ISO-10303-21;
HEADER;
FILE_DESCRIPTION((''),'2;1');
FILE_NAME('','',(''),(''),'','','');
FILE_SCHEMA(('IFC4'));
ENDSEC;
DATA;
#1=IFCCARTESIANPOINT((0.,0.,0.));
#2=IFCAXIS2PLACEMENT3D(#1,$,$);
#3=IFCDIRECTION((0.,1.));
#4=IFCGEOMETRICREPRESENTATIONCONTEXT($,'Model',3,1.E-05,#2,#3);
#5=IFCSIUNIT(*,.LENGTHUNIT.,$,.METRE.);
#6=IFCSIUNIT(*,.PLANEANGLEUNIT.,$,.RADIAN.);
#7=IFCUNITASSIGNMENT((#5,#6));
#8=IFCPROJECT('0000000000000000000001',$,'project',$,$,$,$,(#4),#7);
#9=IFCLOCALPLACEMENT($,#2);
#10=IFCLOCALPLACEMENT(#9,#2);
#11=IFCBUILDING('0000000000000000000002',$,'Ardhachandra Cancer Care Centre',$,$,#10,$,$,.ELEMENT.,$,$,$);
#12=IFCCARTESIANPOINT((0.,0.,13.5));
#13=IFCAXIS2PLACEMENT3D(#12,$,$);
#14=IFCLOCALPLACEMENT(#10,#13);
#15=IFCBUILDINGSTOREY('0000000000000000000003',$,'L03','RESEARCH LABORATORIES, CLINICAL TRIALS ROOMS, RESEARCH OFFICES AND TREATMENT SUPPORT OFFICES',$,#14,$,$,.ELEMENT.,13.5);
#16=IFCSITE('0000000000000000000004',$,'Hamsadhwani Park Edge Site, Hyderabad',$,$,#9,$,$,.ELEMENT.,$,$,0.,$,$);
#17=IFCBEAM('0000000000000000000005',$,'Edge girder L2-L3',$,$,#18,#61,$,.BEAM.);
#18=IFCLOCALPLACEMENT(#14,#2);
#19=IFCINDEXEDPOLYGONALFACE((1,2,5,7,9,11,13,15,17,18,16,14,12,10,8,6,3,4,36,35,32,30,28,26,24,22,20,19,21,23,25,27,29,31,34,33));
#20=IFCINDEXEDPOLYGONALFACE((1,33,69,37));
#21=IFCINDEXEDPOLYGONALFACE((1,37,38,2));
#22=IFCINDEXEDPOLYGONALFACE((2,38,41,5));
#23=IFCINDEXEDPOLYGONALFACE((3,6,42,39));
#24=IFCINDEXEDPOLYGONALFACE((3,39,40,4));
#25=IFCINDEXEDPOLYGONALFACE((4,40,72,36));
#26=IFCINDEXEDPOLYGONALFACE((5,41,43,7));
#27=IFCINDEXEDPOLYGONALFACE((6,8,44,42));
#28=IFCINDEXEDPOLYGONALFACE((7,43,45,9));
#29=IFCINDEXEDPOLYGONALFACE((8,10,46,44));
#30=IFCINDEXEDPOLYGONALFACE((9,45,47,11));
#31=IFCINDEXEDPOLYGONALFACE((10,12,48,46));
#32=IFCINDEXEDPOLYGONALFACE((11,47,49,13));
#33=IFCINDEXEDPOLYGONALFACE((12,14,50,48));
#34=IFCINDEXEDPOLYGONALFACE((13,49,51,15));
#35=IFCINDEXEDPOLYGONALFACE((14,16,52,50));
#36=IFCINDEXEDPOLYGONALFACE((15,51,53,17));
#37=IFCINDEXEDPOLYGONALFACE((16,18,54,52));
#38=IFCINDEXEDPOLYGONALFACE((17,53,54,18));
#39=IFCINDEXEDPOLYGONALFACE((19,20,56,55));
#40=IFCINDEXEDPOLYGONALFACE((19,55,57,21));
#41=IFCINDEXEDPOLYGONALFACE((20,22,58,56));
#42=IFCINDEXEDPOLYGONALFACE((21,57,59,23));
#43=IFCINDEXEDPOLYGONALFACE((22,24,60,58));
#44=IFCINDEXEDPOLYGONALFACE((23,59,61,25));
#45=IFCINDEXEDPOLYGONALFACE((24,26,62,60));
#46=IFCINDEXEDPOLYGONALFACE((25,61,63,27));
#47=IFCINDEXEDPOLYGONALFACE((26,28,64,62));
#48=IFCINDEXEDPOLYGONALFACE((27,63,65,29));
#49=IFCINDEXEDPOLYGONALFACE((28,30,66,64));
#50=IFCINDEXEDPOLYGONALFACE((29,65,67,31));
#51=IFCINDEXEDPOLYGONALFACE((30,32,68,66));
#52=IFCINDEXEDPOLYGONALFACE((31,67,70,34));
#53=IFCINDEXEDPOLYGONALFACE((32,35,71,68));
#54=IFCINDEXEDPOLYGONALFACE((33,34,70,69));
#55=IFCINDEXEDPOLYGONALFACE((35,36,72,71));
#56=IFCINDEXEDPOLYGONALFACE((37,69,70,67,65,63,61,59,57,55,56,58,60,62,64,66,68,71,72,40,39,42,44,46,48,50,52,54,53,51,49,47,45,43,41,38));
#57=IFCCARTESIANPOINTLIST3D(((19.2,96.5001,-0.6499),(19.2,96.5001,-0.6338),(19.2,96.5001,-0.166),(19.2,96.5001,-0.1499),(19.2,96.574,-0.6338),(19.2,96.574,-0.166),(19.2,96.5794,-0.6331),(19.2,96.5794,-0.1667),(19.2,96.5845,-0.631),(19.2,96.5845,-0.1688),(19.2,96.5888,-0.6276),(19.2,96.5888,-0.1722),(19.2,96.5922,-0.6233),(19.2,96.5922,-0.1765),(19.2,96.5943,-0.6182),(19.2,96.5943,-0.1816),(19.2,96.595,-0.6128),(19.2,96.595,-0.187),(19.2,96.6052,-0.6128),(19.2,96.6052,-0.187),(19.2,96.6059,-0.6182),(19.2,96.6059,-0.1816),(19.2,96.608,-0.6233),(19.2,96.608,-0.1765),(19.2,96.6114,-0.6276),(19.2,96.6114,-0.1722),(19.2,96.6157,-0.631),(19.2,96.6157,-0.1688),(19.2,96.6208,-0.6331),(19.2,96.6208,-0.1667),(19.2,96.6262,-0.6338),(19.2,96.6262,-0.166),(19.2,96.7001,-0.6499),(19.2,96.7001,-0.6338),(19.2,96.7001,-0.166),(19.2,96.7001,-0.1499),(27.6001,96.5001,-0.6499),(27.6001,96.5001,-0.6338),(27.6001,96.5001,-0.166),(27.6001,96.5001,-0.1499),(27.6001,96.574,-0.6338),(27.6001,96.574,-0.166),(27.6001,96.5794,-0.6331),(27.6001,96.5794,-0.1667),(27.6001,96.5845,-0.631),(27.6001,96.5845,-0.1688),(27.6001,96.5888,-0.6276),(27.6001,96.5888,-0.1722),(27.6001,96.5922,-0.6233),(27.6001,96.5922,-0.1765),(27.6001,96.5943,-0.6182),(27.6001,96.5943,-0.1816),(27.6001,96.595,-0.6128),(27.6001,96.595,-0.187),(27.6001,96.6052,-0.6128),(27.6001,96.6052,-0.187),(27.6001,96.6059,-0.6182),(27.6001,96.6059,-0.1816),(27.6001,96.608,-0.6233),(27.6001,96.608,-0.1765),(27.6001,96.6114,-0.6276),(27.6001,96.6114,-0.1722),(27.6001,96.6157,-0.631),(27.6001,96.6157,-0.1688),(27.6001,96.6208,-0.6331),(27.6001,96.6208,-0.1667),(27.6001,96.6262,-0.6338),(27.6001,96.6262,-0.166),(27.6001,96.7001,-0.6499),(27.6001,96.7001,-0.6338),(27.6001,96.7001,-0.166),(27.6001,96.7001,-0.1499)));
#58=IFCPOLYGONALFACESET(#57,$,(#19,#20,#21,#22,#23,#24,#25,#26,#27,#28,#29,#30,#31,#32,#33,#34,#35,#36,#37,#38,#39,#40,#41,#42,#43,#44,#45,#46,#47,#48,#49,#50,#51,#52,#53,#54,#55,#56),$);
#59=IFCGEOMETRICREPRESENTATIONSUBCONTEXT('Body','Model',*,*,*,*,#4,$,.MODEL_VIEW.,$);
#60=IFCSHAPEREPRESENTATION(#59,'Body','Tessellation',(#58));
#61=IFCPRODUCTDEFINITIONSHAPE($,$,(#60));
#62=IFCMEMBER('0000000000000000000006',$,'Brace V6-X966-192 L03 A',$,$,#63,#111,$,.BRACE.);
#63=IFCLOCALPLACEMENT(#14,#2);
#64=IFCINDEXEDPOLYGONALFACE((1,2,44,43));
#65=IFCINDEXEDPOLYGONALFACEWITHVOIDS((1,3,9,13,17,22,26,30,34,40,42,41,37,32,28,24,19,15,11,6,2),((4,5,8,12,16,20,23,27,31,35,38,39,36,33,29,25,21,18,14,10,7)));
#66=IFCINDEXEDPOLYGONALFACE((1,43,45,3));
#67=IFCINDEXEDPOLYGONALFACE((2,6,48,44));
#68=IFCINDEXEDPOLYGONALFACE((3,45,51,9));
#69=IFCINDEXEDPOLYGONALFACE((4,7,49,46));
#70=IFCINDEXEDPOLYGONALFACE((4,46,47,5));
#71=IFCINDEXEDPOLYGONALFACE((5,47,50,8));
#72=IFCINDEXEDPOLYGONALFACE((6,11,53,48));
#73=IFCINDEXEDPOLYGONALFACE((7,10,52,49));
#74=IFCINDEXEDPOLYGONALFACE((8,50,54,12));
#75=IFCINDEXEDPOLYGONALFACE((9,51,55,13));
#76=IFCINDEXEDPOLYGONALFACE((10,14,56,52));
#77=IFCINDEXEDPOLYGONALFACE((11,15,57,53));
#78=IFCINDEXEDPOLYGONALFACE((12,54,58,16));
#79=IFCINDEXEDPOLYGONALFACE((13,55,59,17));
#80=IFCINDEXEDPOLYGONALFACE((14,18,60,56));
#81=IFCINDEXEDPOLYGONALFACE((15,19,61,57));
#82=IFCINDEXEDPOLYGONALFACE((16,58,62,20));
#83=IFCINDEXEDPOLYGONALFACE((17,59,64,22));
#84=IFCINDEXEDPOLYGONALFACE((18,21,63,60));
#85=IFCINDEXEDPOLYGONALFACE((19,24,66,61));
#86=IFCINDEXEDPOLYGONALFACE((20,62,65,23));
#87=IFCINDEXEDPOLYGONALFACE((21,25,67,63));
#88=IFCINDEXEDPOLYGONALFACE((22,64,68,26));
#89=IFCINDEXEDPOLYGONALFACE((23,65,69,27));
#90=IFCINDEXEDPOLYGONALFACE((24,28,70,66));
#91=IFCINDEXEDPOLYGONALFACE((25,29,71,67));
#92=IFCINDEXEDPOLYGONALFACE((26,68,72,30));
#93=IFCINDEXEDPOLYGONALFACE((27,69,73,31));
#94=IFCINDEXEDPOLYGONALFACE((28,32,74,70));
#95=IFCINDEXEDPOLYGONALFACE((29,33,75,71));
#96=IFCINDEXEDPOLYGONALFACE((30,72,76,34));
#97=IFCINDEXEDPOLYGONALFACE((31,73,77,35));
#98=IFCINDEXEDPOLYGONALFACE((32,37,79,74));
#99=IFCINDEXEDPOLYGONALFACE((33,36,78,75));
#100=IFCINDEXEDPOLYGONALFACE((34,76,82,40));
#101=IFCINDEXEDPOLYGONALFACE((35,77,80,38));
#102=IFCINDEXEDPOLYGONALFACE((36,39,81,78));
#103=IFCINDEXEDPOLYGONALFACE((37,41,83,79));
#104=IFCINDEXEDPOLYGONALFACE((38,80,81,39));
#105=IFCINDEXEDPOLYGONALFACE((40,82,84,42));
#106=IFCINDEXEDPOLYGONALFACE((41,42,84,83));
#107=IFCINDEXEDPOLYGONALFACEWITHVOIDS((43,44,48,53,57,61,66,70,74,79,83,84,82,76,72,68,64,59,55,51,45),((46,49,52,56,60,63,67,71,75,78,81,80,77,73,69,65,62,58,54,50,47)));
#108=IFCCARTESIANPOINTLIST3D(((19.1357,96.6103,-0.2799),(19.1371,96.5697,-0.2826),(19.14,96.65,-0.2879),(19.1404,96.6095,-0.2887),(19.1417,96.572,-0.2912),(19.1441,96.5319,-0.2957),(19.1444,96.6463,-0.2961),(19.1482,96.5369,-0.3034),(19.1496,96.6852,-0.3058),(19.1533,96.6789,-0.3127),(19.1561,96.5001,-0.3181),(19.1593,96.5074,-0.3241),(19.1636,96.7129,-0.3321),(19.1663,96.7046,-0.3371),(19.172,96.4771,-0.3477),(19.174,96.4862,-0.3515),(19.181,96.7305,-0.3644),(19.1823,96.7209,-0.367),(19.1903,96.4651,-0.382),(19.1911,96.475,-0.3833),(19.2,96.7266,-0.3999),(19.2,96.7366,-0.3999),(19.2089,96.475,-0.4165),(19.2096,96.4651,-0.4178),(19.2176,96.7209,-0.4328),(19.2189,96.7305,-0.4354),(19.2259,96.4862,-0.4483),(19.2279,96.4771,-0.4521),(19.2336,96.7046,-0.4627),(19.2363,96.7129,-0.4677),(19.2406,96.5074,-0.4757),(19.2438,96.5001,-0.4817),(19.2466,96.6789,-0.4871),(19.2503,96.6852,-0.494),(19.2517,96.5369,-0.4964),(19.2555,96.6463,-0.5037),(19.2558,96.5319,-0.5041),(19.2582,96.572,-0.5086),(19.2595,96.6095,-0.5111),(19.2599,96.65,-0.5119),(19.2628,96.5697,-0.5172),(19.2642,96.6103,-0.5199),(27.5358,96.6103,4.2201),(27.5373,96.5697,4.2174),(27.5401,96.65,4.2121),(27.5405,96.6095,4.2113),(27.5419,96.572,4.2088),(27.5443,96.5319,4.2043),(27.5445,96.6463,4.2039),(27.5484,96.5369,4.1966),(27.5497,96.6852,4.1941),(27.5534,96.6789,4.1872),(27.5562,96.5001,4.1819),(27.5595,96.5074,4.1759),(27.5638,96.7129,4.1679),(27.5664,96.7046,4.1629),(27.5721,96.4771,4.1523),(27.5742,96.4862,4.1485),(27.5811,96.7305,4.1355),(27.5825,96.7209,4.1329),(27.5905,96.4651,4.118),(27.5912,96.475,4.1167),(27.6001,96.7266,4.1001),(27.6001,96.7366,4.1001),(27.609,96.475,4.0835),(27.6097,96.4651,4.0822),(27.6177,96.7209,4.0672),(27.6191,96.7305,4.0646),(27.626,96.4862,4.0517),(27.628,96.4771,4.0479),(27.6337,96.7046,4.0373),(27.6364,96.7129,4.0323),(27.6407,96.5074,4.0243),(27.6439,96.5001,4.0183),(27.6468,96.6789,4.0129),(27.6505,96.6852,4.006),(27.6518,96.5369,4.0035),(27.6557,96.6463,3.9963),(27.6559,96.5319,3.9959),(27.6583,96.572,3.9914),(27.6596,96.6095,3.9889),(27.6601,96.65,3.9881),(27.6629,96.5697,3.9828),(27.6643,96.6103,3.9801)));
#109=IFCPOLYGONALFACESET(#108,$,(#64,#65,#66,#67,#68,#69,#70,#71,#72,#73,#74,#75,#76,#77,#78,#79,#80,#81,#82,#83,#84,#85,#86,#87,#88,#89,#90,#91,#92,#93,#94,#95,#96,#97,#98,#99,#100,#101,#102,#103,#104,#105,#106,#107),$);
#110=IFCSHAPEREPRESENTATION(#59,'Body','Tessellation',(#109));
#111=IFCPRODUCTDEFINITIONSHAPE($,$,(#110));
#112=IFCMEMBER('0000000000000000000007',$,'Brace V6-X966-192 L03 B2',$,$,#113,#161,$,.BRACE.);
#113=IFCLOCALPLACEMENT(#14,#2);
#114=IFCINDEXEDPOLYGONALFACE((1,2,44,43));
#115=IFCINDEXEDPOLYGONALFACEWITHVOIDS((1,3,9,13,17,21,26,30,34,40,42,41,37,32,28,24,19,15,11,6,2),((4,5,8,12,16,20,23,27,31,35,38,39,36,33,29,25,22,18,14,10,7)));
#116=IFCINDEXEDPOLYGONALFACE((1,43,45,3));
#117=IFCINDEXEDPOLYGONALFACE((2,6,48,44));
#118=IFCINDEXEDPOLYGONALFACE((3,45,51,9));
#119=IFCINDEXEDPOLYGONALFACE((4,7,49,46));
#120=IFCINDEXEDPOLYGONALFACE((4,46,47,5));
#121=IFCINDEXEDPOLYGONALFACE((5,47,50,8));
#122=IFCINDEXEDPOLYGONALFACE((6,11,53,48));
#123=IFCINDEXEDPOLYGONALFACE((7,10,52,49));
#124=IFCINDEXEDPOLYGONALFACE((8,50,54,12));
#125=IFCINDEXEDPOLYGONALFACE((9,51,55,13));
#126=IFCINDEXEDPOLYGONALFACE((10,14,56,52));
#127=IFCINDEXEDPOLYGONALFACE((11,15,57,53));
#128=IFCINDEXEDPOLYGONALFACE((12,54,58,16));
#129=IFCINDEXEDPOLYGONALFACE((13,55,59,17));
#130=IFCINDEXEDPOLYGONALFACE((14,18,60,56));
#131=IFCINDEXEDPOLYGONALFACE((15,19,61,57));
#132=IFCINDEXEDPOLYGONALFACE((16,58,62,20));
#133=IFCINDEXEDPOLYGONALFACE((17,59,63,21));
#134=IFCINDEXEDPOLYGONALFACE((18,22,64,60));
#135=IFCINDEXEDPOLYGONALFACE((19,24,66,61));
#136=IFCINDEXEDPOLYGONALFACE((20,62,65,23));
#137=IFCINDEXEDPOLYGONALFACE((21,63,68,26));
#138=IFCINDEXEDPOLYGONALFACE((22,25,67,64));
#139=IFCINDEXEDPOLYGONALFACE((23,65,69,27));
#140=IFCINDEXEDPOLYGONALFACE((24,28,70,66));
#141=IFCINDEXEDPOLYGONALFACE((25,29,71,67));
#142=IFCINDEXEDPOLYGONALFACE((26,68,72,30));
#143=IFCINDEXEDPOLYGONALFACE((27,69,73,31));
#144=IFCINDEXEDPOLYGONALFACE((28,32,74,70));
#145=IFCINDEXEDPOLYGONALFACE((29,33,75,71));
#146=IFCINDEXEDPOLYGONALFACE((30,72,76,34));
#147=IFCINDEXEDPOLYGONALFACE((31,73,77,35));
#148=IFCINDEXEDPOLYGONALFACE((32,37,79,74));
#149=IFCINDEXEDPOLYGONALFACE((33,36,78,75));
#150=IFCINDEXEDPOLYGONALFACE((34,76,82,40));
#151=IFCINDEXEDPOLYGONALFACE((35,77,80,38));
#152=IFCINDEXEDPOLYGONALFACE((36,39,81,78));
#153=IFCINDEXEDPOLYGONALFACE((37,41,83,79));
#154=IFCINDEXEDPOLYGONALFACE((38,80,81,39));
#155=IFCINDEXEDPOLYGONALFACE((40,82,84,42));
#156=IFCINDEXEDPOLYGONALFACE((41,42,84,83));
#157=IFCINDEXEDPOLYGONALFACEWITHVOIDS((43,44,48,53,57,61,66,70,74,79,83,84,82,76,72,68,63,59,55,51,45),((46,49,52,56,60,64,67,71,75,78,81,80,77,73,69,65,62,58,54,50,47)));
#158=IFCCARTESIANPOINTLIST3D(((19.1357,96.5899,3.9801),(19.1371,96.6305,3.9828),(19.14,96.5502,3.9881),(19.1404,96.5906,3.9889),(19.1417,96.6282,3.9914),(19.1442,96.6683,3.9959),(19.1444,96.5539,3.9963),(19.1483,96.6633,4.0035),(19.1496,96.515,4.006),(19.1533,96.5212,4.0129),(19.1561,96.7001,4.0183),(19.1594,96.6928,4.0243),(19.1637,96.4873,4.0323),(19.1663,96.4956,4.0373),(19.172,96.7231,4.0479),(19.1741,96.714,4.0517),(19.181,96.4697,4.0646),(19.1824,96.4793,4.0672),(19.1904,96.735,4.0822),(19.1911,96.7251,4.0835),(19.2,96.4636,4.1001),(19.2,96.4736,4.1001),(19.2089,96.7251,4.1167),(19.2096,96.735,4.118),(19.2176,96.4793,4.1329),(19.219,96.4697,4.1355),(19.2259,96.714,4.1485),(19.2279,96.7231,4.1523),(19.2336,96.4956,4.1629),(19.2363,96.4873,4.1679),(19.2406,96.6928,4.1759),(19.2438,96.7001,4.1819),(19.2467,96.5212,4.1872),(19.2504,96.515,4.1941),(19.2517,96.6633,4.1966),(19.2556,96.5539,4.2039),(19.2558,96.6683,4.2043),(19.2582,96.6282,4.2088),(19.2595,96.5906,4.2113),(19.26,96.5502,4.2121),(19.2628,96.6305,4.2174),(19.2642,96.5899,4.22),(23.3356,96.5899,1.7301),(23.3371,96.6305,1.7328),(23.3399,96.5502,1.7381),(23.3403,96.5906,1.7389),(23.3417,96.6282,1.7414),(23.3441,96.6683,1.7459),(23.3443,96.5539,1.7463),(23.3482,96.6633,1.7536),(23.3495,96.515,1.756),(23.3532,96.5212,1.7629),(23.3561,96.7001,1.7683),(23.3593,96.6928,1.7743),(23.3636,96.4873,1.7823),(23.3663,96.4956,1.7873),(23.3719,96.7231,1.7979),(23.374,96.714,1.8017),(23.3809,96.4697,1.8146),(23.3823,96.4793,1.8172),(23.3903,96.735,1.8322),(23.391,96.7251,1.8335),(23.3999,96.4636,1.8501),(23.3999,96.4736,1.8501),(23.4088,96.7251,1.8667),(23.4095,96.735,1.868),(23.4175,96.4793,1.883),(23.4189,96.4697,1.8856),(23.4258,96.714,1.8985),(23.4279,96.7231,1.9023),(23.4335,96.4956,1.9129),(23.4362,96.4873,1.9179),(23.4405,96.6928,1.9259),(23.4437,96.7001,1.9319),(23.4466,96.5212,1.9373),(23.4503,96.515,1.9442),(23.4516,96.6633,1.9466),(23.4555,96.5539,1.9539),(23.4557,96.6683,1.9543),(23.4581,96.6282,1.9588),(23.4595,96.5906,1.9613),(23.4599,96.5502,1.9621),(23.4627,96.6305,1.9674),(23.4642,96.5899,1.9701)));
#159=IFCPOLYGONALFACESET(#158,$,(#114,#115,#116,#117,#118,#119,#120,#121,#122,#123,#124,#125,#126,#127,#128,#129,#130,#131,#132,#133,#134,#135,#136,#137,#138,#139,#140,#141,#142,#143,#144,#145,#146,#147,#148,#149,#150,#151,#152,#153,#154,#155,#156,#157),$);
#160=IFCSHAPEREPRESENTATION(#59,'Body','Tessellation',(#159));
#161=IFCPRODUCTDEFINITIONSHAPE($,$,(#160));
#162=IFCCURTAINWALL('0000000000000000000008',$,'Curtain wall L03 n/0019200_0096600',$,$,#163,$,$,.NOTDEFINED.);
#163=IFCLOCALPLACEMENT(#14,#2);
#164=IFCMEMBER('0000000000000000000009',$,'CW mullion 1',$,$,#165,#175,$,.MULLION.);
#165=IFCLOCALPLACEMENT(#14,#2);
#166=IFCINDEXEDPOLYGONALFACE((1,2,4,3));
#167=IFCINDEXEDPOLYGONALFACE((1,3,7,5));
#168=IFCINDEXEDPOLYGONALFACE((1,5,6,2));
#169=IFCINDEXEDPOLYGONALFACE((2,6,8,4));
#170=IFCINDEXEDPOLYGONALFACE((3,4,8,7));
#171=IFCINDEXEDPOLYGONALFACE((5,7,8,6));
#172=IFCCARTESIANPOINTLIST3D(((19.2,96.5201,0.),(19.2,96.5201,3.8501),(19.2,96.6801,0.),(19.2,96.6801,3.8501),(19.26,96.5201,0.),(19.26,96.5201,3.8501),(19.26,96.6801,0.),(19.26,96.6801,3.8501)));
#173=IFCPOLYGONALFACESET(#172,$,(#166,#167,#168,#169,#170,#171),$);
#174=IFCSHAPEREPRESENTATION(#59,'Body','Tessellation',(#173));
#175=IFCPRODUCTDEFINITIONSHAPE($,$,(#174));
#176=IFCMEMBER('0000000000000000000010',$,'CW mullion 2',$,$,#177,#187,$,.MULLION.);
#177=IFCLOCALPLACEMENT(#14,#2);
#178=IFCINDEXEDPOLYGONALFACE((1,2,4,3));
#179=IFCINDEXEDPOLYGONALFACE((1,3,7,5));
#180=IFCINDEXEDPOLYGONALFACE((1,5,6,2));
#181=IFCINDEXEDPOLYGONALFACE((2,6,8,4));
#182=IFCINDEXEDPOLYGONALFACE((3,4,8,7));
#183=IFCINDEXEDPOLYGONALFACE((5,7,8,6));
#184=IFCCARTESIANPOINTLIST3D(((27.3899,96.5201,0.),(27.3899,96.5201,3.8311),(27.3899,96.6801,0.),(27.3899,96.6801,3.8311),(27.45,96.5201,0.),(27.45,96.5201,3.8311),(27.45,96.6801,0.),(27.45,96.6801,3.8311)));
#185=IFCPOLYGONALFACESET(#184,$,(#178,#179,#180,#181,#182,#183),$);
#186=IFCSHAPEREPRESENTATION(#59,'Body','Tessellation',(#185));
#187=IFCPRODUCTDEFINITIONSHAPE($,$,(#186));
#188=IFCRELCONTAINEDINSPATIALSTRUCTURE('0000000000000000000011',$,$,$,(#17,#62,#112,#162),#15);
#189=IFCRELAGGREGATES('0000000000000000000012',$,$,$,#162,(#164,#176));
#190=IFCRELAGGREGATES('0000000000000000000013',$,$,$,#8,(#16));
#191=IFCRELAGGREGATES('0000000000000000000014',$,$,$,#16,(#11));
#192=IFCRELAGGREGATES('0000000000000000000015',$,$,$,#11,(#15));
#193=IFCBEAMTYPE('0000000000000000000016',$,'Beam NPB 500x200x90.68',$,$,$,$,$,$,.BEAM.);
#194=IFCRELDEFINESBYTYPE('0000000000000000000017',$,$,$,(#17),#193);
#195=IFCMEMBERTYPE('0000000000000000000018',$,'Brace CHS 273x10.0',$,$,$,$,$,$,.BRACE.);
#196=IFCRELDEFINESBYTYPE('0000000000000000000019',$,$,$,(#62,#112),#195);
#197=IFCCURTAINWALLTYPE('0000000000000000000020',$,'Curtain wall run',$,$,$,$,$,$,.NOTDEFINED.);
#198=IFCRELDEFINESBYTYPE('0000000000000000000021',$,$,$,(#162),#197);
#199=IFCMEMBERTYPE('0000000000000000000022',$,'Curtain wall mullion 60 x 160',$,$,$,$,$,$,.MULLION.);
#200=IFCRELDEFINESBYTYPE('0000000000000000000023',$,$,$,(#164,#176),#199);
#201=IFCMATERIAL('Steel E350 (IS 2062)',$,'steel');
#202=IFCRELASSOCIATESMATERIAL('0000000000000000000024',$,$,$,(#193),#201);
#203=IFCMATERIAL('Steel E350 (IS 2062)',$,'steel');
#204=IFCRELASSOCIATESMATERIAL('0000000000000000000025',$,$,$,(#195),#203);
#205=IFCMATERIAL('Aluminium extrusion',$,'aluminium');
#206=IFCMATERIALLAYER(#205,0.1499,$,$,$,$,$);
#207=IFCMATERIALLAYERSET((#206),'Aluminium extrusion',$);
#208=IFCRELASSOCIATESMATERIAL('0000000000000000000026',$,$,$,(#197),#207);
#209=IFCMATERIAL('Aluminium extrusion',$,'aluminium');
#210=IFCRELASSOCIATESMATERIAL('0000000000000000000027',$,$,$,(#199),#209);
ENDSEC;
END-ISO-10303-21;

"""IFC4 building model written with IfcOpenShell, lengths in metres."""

from ifc_helpers import new_model, si_unit, direction, frame, origin, origin_2d, place, context, subcontext, project, spatial, rectangle, hollow_circle, i_section, extrude, material, layer, layer_set, material_profile, profile_set, type_object, element, aggregate, save


model = new_model("IFC4")

# Units and contexts
model_context = context("Model", 3, precision=1e-05, world=origin(), true_north=direction((0.0, 1.0)))
body_context = subcontext(model_context, "Body", "Model", "MODEL_VIEW")
ifc_project = project(units=[si_unit("LENGTHUNIT", "METRE"), si_unit("PLANEANGLEUNIT", "RADIAN")], contexts=[model_context])

# Site, building, storey
site_placement = place(None, origin())
site = spatial("IfcSite", under=ifc_project, at=site_placement, Name="Hamsadhwani Park Edge Site, Hyderabad", CompositionType="ELEMENT", RefElevation=0.0)
building_placement = place(site_placement, origin())
building = spatial("IfcBuilding", under=site, at=building_placement, Name="Ardhachandra Cancer Care Centre", CompositionType="ELEMENT")
storey_placement = place(building_placement, frame((0.0, 0.0, 13.5)))
storey = spatial("IfcBuildingStorey", under=building, at=storey_placement, Name="L03", Description="RESEARCH LABORATORIES, CLINICAL TRIALS ROOMS, RESEARCH OFFICES AND TREATMENT SUPPORT OFFICES", CompositionType="ELEMENT", Elevation=13.5)

# Beam
ifc_material_1 = material(Name="Steel E350 (IS 2062)", Category="steel")
ifc_material_profile_1 = material_profile(ifc_material_1, i_section(OverallWidth=0.2, OverallDepth=0.5, WebThickness=0.0103, FlangeThickness=0.0161, FilletRadius=0.021, at=origin_2d()), Name="NPB 500x200x90.68")
ifc_profile_set_1 = profile_set([ifc_material_profile_1], Name="Steel E350 (IS 2062)")
beam_type = type_object("IfcBeamType", Name="Beam NPB 500x200x90.68", PredefinedType="BEAM", material=ifc_profile_set_1)
beam_placement = place(storey_placement, frame((19.2, 96.6001, -0.3999), z_axis=(1.0, 0.0, 0.0), x_axis=(0.0, 1.0, 0.0)))
element("IfcBeam", 1, at=beam_placement, inside=storey, type_object=beam_type, Name="Edge girder L2-L3", PredefinedType="BEAM", context=body_context, shape_type="SweptSolid", body=[
    extrude(i_section(OverallWidth=0.2, OverallDepth=0.5, WebThickness=0.0103, FlangeThickness=0.0161, FilletRadius=0.021, at=origin_2d()), origin(), (0.0, 0.0, 1.0), 8.4001),
])

# Members
ifc_material_2 = material(Name="Steel E350 (IS 2062)", Category="steel")
ifc_material_profile_2 = material_profile(ifc_material_2, hollow_circle(Radius=0.1365, WallThickness=0.01, at=origin_2d()), Name="CHS 273x10.0")
ifc_profile_set_2 = profile_set([ifc_material_profile_2], Name="Steel E350 (IS 2062)")
member_type_1 = type_object("IfcMemberType", Name="Brace CHS 273x10.0", PredefinedType="BRACE", material=ifc_profile_set_2)
member_1_placement = place(storey_placement, frame((19.2, 96.6001, -0.3999), z_axis=(0.881483, 0.0, 0.472215), x_axis=(0.0, 1.0, 0.0)))
element("IfcMember", 2, at=member_1_placement, inside=storey, type_object=member_type_1, Name="Brace V6-X966-192 L03 A", PredefinedType="BRACE", context=body_context, shape_type="SweptSolid", body=[
    extrude(hollow_circle(Radius=0.1365, WallThickness=0.01, at=origin_2d()), origin(), (0.0, 0.0, 1.0), 9.5295),
])
member_2_placement = place(storey_placement, frame((23.3999, 96.6001, 1.8501), z_axis=(-0.881478, 0.0, 0.472226), x_axis=(0.0, -1.0, 0.0)))
element("IfcMember", 3, at=member_2_placement, inside=storey, type_object=member_type_1, Name="Brace V6-X966-192 L03 B2", PredefinedType="BRACE", context=body_context, shape_type="SweptSolid", body=[
    extrude(hollow_circle(Radius=0.1365, WallThickness=0.01, at=origin_2d()), origin(), (0.0, 0.0, 1.0), 4.7646),
])

# Curtain wall, members
ifc_material_3 = material(Name="Aluminium extrusion", Category="aluminium")
ifc_layer_1 = layer(ifc_material_3, 0.1499)
ifc_layer_set_1 = layer_set([ifc_layer_1], Name="Aluminium extrusion")
curtain_wall_type = type_object("IfcCurtainWallType", Name="Curtain wall run", PredefinedType="NOTDEFINED", material=ifc_layer_set_1)
curtain_wall_placement = place(storey_placement, origin())
curtain_wall = element("IfcCurtainWall", 4, at=curtain_wall_placement, inside=storey, type_object=curtain_wall_type, Name="Curtain wall L03 n/0019200_0096600", PredefinedType="NOTDEFINED")
ifc_material_4 = material(Name="Aluminium extrusion", Category="aluminium")
ifc_material_profile_3 = material_profile(ifc_material_4, rectangle(XDim=0.1599, YDim=0.0601, at=origin_2d()), Name="Curtain wall mullion 60 x 160")
ifc_profile_set_3 = profile_set([ifc_material_profile_3], Name="Aluminium extrusion")
member_type_2 = type_object("IfcMemberType", Name="Curtain wall mullion 60 x 160", PredefinedType="MULLION", material=ifc_profile_set_3)
member_3_placement = place(storey_placement, frame((19.23, 96.6001, 0.0), z_axis=(0.0, 0.0, 1.0), x_axis=(0.0, 1.0, 0.0)))
member_3 = element("IfcMember", 5, at=member_3_placement, type_object=member_type_2, Name="CW mullion 1", PredefinedType="MULLION", context=body_context, shape_type="SweptSolid", body=[
    extrude(rectangle(XDim=0.1599, YDim=0.0601, at=origin_2d()), origin(), (0.0, 0.0, 1.0), 3.8501),
])
member_4_placement = place(storey_placement, frame((27.4199, 96.6001, 0.0), z_axis=(0.0, 0.0, 1.0), x_axis=(0.0, 1.0, 0.0)))
member_4 = element("IfcMember", 6, at=member_4_placement, type_object=member_type_2, Name="CW mullion 2", PredefinedType="MULLION", context=body_context, shape_type="SweptSolid", body=[
    extrude(rectangle(XDim=0.1599, YDim=0.0601, at=origin_2d()), origin(), (0.0, 0.0, 1.0), 3.8311),
])
aggregate(curtain_wall, [member_3, member_4])

save(model, "model.ifc")
